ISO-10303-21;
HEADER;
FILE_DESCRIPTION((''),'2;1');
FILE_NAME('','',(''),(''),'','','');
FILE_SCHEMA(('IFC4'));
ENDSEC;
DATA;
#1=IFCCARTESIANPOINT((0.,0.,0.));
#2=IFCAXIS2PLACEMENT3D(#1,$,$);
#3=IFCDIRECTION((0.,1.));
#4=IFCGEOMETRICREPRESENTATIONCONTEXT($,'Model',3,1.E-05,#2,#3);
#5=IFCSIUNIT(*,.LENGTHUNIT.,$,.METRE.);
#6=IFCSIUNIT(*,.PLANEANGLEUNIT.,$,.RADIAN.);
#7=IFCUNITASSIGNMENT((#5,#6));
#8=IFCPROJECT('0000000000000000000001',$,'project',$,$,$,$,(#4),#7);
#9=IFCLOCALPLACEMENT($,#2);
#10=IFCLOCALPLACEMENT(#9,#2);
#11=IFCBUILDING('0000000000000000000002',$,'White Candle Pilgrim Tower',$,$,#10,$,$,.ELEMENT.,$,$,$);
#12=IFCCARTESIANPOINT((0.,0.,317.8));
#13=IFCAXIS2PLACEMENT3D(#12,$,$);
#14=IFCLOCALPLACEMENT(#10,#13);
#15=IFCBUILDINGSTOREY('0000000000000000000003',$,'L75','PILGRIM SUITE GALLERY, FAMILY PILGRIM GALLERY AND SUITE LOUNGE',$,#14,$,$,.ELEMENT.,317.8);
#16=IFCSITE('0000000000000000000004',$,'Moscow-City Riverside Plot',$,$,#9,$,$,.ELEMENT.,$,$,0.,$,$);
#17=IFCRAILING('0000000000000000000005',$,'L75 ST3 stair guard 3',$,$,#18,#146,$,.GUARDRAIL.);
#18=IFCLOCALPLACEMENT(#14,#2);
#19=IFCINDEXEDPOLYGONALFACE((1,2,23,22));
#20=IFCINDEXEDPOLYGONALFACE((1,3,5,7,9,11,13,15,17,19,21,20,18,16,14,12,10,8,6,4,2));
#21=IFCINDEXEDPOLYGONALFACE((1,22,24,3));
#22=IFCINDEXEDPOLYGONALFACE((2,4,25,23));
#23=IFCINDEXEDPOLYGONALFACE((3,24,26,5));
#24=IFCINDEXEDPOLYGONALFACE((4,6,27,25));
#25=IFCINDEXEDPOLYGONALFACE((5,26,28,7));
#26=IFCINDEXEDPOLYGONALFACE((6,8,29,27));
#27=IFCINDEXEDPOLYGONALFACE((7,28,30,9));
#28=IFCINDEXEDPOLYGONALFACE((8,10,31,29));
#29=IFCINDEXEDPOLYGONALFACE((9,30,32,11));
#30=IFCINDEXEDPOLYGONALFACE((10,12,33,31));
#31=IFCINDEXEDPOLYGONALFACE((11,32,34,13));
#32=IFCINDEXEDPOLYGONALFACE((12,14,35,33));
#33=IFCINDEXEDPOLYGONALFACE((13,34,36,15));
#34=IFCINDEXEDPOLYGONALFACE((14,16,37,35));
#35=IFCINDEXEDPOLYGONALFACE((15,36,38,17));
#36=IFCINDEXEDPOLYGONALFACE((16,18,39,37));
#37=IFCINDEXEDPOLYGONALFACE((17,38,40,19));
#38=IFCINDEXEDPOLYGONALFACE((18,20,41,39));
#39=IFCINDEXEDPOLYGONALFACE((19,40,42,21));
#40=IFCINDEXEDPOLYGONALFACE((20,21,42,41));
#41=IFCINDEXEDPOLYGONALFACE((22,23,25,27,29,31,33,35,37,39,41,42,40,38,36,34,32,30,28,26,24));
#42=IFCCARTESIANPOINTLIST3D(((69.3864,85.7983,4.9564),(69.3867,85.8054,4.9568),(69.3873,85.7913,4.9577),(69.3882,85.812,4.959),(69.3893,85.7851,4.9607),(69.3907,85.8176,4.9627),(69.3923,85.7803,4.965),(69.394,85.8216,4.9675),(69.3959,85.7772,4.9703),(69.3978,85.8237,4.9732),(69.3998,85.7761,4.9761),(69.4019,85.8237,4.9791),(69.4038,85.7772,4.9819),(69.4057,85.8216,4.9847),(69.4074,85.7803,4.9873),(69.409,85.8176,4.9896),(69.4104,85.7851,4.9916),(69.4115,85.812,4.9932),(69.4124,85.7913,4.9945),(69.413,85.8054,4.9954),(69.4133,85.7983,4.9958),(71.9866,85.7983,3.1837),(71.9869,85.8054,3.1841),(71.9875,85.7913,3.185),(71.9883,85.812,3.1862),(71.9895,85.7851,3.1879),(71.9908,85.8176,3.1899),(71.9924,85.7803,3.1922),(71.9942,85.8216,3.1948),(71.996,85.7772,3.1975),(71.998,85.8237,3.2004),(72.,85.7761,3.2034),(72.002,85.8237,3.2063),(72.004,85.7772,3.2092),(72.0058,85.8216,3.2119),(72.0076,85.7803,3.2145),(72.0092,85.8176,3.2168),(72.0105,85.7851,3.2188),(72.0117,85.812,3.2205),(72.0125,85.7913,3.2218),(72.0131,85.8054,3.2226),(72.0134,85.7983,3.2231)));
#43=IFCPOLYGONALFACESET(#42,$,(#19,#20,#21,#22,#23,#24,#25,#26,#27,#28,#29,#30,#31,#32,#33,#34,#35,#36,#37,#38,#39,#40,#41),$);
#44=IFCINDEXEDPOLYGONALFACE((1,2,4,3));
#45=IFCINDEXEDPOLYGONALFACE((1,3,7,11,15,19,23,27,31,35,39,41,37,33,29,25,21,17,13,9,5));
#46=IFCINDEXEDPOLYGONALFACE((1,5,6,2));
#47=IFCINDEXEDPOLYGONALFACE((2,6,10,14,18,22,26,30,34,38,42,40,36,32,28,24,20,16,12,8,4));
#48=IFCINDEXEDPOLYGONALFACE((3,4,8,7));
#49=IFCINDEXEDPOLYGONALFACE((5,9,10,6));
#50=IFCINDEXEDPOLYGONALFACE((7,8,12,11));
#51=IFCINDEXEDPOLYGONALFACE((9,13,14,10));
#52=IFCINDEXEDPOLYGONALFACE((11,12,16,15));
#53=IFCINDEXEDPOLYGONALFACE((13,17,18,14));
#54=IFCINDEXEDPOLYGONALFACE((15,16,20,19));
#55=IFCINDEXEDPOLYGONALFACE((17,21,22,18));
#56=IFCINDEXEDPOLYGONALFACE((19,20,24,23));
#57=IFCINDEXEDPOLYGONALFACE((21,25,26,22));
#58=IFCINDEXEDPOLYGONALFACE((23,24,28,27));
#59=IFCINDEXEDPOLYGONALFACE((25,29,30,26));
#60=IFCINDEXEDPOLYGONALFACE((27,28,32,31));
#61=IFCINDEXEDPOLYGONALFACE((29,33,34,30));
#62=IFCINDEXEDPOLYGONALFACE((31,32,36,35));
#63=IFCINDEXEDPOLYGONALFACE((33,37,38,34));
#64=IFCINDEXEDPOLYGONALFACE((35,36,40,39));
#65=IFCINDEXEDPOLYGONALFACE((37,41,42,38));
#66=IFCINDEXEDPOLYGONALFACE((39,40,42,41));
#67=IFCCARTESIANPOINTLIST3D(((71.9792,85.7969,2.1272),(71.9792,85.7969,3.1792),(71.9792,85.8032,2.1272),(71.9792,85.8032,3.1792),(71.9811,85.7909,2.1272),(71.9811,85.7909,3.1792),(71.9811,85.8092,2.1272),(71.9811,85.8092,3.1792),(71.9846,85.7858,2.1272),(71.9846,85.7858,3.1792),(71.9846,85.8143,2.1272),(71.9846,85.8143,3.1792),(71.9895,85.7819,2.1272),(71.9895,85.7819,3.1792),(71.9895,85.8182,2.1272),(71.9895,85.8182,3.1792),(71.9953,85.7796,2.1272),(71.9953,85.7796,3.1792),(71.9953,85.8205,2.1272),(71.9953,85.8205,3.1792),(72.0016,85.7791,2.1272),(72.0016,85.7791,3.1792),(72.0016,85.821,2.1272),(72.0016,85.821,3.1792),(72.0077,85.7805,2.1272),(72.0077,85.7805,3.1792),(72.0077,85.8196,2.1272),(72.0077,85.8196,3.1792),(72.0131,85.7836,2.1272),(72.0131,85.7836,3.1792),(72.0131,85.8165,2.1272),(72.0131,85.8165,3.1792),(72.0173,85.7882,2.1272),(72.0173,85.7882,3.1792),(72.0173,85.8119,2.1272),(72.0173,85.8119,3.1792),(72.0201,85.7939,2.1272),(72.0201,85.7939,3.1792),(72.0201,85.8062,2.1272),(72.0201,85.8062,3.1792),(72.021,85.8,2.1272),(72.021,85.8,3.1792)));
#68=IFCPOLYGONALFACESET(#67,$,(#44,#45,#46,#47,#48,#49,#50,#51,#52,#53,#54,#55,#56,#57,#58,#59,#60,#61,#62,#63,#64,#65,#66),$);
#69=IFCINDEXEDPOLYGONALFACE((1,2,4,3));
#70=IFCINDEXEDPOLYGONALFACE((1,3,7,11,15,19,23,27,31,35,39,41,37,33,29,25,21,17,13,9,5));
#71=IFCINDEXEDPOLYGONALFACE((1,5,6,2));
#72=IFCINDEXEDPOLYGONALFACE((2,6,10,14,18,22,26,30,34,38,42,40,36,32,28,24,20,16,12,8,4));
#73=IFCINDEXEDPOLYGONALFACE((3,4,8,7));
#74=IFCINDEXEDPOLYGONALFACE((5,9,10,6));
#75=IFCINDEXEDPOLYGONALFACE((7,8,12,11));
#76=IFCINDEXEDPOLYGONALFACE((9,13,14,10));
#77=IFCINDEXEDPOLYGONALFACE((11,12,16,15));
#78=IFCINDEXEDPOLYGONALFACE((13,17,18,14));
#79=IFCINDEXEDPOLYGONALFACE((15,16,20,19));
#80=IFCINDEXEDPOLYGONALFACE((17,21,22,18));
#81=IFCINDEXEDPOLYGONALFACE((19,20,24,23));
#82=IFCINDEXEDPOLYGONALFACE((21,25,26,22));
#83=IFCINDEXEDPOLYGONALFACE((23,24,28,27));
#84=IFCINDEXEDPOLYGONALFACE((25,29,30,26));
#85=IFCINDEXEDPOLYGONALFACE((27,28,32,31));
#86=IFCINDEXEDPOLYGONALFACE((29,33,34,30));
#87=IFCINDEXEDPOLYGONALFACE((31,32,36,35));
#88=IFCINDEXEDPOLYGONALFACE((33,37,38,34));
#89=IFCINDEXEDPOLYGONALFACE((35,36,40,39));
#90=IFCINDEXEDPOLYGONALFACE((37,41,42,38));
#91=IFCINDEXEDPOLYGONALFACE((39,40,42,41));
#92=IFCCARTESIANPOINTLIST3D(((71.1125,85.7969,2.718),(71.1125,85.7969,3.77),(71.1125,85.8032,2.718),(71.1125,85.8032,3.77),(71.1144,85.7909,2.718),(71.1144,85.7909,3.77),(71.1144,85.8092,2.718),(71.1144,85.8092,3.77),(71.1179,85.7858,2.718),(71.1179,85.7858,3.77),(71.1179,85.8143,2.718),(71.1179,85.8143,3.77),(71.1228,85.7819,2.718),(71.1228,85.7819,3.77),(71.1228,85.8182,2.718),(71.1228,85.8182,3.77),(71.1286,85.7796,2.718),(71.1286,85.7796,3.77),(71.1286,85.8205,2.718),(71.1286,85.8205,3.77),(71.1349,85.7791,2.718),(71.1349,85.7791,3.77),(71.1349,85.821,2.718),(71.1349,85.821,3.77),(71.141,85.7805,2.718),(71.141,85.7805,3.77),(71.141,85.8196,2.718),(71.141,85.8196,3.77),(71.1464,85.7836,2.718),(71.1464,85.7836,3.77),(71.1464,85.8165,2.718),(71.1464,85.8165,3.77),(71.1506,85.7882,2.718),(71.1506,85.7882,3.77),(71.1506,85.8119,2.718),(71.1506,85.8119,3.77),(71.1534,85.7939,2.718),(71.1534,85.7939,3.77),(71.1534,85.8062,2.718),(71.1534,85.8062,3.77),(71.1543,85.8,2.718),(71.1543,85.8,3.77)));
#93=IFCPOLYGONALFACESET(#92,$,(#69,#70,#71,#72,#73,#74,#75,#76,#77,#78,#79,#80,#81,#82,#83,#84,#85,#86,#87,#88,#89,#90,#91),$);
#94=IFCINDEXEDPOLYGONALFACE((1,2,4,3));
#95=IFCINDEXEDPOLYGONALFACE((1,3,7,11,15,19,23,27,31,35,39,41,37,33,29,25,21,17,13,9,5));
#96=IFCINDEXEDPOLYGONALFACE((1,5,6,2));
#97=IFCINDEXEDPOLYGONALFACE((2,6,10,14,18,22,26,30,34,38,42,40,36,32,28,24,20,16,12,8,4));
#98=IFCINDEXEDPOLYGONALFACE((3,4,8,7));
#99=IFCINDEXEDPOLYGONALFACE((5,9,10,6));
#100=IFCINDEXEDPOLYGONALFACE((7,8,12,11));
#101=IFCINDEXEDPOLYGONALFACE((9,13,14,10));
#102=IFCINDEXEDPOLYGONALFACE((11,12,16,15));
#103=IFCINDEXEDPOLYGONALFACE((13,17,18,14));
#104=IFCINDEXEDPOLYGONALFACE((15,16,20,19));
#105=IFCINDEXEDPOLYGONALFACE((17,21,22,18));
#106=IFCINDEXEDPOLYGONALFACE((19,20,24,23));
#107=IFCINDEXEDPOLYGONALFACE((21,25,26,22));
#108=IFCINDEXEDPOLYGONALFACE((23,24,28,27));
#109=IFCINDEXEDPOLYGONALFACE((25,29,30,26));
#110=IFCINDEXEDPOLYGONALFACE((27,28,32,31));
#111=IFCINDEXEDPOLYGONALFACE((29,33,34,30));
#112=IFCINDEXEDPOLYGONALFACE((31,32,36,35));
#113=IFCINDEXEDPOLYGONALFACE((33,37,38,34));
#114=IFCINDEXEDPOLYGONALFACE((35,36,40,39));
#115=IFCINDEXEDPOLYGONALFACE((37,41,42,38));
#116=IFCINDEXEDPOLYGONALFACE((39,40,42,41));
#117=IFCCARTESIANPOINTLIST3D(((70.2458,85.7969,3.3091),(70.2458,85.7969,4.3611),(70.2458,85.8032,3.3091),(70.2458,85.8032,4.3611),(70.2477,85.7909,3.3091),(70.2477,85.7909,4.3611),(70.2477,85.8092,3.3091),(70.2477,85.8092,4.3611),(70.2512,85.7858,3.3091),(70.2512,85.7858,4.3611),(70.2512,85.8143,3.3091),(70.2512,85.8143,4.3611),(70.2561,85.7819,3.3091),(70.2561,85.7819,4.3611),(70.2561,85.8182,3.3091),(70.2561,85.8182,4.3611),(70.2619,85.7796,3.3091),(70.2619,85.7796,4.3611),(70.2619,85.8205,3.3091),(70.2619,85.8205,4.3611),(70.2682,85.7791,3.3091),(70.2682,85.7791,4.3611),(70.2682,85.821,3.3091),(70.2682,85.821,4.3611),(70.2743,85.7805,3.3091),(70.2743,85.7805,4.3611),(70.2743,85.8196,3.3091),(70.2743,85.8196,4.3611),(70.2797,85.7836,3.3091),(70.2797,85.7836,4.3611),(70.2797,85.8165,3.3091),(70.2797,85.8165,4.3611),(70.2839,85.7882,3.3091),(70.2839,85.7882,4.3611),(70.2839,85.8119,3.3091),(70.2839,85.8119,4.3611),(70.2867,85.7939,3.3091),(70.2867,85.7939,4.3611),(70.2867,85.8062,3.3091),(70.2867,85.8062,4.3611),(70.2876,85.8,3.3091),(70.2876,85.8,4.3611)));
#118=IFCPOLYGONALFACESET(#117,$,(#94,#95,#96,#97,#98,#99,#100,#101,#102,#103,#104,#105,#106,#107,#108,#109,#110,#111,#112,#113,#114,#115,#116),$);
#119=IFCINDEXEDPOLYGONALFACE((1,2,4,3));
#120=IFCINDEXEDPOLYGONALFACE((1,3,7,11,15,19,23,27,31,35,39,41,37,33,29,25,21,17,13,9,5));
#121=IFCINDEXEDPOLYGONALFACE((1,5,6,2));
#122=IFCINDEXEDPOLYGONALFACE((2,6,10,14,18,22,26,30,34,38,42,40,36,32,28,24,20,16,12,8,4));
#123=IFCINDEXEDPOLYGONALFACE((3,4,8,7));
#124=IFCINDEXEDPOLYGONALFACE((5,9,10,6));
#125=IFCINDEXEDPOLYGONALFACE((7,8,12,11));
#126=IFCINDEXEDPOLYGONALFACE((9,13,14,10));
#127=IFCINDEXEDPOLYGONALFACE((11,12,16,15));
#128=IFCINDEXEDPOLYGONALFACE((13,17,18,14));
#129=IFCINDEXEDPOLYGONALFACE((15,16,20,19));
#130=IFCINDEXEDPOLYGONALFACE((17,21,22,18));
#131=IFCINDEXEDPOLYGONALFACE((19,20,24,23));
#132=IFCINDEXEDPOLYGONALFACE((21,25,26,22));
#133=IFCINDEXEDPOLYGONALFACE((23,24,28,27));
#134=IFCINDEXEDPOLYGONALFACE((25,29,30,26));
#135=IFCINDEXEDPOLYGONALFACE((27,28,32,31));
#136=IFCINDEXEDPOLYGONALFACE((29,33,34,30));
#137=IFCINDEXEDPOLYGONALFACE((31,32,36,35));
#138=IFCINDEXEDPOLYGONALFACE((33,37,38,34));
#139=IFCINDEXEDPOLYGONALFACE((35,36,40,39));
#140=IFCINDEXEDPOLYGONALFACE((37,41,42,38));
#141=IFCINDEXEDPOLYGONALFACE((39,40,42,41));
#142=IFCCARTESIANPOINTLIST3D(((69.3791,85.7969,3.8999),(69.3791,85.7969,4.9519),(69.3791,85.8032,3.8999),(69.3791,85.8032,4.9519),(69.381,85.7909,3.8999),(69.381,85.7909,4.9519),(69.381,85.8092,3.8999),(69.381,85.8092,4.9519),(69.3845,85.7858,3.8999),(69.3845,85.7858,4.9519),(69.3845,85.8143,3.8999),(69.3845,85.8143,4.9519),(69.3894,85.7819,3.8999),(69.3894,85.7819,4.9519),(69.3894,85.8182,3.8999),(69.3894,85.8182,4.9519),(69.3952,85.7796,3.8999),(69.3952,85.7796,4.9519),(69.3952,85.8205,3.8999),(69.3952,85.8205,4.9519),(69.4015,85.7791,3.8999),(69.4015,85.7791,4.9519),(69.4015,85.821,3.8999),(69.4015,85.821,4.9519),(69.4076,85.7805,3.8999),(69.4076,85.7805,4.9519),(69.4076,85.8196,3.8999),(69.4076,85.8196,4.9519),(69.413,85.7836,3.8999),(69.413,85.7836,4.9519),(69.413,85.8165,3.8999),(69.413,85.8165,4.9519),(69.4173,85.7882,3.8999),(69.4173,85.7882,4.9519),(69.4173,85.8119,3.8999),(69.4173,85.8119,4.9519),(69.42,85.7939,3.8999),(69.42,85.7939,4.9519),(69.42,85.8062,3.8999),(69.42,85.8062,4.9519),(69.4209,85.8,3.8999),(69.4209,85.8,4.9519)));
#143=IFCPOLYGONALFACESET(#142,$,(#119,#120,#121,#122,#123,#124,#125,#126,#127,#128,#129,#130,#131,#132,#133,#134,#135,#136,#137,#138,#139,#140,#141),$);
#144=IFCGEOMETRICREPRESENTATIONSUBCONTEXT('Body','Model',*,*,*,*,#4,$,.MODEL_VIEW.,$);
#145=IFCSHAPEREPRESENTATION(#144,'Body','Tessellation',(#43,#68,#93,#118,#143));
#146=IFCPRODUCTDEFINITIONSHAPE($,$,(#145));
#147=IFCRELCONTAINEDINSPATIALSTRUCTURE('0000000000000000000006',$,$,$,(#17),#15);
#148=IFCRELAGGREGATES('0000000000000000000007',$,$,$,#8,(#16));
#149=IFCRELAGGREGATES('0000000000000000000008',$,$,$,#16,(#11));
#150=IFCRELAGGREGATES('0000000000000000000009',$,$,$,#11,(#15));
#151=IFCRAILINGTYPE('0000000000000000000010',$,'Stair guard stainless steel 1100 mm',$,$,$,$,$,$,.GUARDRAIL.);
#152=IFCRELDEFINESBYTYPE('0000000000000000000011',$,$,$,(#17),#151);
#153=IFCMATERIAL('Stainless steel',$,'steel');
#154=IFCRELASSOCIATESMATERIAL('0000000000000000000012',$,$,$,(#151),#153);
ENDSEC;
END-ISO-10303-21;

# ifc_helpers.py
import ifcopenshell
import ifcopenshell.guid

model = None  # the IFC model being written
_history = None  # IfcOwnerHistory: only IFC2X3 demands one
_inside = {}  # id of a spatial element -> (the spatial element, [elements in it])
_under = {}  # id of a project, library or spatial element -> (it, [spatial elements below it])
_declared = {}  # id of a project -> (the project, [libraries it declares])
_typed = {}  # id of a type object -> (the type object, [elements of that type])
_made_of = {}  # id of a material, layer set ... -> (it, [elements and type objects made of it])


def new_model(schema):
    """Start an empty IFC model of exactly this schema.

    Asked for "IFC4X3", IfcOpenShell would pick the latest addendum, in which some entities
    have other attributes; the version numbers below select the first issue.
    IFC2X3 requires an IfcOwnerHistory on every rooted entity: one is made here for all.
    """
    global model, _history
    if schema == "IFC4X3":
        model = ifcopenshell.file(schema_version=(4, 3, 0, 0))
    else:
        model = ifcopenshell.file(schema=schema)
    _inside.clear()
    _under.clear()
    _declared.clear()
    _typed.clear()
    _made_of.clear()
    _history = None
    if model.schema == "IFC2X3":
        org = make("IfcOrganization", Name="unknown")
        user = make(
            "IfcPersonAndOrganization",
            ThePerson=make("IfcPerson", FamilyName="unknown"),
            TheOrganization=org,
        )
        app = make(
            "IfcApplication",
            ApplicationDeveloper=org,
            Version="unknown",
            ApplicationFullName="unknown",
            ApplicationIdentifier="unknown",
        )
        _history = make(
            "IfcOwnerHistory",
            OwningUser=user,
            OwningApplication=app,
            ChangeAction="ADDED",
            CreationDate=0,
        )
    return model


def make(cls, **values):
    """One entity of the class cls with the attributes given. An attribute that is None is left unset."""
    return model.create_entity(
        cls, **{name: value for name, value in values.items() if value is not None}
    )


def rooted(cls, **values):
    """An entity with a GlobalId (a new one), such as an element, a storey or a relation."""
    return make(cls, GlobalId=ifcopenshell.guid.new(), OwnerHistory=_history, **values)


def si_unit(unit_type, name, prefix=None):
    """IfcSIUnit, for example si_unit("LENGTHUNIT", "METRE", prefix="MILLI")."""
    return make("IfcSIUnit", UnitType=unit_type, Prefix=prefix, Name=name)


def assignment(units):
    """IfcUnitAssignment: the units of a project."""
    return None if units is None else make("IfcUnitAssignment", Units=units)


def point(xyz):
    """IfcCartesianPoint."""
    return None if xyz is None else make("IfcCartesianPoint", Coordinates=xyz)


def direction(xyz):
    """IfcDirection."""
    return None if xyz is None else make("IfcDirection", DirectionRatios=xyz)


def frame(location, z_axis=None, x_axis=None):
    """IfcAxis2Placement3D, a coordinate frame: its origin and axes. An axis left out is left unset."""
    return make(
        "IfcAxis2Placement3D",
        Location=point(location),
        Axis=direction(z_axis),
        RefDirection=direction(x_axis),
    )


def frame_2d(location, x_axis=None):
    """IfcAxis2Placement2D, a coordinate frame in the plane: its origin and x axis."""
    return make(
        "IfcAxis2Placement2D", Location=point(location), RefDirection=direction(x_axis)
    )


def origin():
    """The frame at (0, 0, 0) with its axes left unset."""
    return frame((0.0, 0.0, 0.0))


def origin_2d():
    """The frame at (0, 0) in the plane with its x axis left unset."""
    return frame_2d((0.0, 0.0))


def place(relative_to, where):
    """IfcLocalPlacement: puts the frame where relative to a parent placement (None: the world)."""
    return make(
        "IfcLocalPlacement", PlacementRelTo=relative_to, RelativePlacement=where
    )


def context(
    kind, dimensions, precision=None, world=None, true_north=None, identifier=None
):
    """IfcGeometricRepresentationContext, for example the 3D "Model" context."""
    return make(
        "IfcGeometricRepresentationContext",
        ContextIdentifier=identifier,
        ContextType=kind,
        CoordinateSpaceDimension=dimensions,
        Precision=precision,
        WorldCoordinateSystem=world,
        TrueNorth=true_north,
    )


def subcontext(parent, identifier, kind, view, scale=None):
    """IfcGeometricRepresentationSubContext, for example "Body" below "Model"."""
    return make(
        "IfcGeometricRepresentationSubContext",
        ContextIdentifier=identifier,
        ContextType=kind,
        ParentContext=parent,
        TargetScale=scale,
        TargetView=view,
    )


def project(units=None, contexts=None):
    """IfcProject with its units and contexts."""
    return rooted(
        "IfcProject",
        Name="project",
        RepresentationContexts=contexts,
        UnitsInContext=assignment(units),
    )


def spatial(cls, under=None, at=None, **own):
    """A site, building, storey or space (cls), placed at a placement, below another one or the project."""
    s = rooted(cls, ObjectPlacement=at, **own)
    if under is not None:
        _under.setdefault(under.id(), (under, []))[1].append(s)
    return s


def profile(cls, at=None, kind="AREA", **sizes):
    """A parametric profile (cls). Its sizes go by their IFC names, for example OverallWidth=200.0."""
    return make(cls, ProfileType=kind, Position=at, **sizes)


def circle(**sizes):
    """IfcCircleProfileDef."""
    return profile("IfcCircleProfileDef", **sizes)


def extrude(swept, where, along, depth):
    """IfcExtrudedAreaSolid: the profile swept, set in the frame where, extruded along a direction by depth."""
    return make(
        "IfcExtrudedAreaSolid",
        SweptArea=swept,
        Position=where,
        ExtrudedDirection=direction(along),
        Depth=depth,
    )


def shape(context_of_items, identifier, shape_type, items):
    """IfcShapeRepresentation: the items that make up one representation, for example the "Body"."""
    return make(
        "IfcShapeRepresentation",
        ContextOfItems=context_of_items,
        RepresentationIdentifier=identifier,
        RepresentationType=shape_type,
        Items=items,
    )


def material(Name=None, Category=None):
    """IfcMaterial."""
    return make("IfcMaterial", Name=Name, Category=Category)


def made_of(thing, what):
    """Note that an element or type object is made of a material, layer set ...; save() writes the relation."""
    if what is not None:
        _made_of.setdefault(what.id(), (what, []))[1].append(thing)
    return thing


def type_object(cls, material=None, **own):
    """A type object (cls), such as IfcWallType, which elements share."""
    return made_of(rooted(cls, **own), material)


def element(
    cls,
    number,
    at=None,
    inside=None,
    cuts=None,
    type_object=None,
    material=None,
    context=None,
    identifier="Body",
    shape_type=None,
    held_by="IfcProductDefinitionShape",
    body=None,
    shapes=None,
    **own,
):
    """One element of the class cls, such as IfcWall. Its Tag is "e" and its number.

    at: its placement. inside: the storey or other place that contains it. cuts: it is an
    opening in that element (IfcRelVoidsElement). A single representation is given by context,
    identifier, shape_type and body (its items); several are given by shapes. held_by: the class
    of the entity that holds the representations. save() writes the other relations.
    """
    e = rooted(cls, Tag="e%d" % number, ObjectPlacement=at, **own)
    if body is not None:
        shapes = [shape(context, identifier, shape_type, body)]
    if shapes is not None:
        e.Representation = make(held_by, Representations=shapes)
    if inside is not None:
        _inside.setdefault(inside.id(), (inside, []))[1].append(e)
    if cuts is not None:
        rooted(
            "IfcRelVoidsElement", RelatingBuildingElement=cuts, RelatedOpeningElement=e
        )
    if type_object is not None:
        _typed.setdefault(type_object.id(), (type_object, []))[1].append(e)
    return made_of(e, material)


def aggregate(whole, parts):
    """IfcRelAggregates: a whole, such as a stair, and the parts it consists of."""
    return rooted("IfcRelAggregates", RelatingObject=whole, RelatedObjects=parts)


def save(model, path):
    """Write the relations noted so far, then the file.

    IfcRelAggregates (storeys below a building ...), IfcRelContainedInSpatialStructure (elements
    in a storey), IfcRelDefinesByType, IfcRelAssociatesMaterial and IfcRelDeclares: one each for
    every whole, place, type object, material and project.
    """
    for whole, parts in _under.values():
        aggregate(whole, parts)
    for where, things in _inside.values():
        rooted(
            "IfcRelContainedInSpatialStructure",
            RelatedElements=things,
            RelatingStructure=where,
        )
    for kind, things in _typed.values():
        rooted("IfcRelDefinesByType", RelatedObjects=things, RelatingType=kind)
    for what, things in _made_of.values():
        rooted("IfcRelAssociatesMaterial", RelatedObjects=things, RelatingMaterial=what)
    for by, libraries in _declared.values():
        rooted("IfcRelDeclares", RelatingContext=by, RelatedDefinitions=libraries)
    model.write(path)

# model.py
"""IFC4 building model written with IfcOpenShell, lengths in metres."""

from ifc_helpers import new_model, si_unit, direction, frame, origin, origin_2d, place, context, subcontext, project, spatial, circle, extrude, material, type_object, element, save


model = new_model("IFC4")

# Units and contexts
model_context = context("Model", 3, precision=1e-05, world=origin(), true_north=direction((0.0, 1.0)))
body_context = subcontext(model_context, "Body", "Model", "MODEL_VIEW")
ifc_project = project(units=[si_unit("LENGTHUNIT", "METRE"), si_unit("PLANEANGLEUNIT", "RADIAN")], contexts=[model_context])

# Site, building, storey
site_placement = place(None, origin())
site = spatial("IfcSite", under=ifc_project, at=site_placement, Name="Moscow-City Riverside Plot", CompositionType="ELEMENT", RefElevation=0.0)
building_placement = place(site_placement, origin())
building = spatial("IfcBuilding", under=site, at=building_placement, Name="White Candle Pilgrim Tower", CompositionType="ELEMENT")
storey_placement = place(building_placement, frame((0.0, 0.0, 317.8)))
storey = spatial("IfcBuildingStorey", under=building, at=storey_placement, Name="L75", Description="PILGRIM SUITE GALLERY, FAMILY PILGRIM GALLERY AND SUITE LOUNGE", CompositionType="ELEMENT", Elevation=317.8)

# Railing
ifc_material_1 = material(Name="Stainless steel", Category="steel")
railing_type_1 = type_object("IfcRailingType", Name="Stair guard stainless steel 1100 mm", PredefinedType="GUARDRAIL", material=ifc_material_1)
railing_1_placement = place(storey_placement, frame((72.0, 85.8, 2.1272)))
element("IfcRailing", 1, at=railing_1_placement, inside=storey, type_object=railing_type_1, Name="L75 ST3 stair guard 3", PredefinedType="GUARDRAIL", context=body_context, shape_type="SweptSolid", body=[
    extrude(circle(Radius=0.0239, at=origin_2d()), frame((0.0, 0.0, 1.0762), z_axis=(-0.82624, 0.0, 0.563318), x_axis=(0.0, -1.0, 0.0)), (0.0, 0.0, 1.0), 3.147),
    extrude(circle(Radius=0.021, at=origin_2d()), origin(), (0.0, 0.0, 1.0), 1.052),
    extrude(circle(Radius=0.021, at=origin_2d()), frame((-0.8667, 0.0, 0.5908)), (0.0, 0.0, 1.0), 1.052),
    extrude(circle(Radius=0.021, at=origin_2d()), frame((-1.7334, 0.0, 1.1819)), (0.0, 0.0, 1.0), 1.052),
    extrude(circle(Radius=0.021, at=origin_2d()), frame((-2.6001, 0.0, 1.7727)), (0.0, 0.0, 1.0), 1.052),
])

save(model, "model.ifc")
